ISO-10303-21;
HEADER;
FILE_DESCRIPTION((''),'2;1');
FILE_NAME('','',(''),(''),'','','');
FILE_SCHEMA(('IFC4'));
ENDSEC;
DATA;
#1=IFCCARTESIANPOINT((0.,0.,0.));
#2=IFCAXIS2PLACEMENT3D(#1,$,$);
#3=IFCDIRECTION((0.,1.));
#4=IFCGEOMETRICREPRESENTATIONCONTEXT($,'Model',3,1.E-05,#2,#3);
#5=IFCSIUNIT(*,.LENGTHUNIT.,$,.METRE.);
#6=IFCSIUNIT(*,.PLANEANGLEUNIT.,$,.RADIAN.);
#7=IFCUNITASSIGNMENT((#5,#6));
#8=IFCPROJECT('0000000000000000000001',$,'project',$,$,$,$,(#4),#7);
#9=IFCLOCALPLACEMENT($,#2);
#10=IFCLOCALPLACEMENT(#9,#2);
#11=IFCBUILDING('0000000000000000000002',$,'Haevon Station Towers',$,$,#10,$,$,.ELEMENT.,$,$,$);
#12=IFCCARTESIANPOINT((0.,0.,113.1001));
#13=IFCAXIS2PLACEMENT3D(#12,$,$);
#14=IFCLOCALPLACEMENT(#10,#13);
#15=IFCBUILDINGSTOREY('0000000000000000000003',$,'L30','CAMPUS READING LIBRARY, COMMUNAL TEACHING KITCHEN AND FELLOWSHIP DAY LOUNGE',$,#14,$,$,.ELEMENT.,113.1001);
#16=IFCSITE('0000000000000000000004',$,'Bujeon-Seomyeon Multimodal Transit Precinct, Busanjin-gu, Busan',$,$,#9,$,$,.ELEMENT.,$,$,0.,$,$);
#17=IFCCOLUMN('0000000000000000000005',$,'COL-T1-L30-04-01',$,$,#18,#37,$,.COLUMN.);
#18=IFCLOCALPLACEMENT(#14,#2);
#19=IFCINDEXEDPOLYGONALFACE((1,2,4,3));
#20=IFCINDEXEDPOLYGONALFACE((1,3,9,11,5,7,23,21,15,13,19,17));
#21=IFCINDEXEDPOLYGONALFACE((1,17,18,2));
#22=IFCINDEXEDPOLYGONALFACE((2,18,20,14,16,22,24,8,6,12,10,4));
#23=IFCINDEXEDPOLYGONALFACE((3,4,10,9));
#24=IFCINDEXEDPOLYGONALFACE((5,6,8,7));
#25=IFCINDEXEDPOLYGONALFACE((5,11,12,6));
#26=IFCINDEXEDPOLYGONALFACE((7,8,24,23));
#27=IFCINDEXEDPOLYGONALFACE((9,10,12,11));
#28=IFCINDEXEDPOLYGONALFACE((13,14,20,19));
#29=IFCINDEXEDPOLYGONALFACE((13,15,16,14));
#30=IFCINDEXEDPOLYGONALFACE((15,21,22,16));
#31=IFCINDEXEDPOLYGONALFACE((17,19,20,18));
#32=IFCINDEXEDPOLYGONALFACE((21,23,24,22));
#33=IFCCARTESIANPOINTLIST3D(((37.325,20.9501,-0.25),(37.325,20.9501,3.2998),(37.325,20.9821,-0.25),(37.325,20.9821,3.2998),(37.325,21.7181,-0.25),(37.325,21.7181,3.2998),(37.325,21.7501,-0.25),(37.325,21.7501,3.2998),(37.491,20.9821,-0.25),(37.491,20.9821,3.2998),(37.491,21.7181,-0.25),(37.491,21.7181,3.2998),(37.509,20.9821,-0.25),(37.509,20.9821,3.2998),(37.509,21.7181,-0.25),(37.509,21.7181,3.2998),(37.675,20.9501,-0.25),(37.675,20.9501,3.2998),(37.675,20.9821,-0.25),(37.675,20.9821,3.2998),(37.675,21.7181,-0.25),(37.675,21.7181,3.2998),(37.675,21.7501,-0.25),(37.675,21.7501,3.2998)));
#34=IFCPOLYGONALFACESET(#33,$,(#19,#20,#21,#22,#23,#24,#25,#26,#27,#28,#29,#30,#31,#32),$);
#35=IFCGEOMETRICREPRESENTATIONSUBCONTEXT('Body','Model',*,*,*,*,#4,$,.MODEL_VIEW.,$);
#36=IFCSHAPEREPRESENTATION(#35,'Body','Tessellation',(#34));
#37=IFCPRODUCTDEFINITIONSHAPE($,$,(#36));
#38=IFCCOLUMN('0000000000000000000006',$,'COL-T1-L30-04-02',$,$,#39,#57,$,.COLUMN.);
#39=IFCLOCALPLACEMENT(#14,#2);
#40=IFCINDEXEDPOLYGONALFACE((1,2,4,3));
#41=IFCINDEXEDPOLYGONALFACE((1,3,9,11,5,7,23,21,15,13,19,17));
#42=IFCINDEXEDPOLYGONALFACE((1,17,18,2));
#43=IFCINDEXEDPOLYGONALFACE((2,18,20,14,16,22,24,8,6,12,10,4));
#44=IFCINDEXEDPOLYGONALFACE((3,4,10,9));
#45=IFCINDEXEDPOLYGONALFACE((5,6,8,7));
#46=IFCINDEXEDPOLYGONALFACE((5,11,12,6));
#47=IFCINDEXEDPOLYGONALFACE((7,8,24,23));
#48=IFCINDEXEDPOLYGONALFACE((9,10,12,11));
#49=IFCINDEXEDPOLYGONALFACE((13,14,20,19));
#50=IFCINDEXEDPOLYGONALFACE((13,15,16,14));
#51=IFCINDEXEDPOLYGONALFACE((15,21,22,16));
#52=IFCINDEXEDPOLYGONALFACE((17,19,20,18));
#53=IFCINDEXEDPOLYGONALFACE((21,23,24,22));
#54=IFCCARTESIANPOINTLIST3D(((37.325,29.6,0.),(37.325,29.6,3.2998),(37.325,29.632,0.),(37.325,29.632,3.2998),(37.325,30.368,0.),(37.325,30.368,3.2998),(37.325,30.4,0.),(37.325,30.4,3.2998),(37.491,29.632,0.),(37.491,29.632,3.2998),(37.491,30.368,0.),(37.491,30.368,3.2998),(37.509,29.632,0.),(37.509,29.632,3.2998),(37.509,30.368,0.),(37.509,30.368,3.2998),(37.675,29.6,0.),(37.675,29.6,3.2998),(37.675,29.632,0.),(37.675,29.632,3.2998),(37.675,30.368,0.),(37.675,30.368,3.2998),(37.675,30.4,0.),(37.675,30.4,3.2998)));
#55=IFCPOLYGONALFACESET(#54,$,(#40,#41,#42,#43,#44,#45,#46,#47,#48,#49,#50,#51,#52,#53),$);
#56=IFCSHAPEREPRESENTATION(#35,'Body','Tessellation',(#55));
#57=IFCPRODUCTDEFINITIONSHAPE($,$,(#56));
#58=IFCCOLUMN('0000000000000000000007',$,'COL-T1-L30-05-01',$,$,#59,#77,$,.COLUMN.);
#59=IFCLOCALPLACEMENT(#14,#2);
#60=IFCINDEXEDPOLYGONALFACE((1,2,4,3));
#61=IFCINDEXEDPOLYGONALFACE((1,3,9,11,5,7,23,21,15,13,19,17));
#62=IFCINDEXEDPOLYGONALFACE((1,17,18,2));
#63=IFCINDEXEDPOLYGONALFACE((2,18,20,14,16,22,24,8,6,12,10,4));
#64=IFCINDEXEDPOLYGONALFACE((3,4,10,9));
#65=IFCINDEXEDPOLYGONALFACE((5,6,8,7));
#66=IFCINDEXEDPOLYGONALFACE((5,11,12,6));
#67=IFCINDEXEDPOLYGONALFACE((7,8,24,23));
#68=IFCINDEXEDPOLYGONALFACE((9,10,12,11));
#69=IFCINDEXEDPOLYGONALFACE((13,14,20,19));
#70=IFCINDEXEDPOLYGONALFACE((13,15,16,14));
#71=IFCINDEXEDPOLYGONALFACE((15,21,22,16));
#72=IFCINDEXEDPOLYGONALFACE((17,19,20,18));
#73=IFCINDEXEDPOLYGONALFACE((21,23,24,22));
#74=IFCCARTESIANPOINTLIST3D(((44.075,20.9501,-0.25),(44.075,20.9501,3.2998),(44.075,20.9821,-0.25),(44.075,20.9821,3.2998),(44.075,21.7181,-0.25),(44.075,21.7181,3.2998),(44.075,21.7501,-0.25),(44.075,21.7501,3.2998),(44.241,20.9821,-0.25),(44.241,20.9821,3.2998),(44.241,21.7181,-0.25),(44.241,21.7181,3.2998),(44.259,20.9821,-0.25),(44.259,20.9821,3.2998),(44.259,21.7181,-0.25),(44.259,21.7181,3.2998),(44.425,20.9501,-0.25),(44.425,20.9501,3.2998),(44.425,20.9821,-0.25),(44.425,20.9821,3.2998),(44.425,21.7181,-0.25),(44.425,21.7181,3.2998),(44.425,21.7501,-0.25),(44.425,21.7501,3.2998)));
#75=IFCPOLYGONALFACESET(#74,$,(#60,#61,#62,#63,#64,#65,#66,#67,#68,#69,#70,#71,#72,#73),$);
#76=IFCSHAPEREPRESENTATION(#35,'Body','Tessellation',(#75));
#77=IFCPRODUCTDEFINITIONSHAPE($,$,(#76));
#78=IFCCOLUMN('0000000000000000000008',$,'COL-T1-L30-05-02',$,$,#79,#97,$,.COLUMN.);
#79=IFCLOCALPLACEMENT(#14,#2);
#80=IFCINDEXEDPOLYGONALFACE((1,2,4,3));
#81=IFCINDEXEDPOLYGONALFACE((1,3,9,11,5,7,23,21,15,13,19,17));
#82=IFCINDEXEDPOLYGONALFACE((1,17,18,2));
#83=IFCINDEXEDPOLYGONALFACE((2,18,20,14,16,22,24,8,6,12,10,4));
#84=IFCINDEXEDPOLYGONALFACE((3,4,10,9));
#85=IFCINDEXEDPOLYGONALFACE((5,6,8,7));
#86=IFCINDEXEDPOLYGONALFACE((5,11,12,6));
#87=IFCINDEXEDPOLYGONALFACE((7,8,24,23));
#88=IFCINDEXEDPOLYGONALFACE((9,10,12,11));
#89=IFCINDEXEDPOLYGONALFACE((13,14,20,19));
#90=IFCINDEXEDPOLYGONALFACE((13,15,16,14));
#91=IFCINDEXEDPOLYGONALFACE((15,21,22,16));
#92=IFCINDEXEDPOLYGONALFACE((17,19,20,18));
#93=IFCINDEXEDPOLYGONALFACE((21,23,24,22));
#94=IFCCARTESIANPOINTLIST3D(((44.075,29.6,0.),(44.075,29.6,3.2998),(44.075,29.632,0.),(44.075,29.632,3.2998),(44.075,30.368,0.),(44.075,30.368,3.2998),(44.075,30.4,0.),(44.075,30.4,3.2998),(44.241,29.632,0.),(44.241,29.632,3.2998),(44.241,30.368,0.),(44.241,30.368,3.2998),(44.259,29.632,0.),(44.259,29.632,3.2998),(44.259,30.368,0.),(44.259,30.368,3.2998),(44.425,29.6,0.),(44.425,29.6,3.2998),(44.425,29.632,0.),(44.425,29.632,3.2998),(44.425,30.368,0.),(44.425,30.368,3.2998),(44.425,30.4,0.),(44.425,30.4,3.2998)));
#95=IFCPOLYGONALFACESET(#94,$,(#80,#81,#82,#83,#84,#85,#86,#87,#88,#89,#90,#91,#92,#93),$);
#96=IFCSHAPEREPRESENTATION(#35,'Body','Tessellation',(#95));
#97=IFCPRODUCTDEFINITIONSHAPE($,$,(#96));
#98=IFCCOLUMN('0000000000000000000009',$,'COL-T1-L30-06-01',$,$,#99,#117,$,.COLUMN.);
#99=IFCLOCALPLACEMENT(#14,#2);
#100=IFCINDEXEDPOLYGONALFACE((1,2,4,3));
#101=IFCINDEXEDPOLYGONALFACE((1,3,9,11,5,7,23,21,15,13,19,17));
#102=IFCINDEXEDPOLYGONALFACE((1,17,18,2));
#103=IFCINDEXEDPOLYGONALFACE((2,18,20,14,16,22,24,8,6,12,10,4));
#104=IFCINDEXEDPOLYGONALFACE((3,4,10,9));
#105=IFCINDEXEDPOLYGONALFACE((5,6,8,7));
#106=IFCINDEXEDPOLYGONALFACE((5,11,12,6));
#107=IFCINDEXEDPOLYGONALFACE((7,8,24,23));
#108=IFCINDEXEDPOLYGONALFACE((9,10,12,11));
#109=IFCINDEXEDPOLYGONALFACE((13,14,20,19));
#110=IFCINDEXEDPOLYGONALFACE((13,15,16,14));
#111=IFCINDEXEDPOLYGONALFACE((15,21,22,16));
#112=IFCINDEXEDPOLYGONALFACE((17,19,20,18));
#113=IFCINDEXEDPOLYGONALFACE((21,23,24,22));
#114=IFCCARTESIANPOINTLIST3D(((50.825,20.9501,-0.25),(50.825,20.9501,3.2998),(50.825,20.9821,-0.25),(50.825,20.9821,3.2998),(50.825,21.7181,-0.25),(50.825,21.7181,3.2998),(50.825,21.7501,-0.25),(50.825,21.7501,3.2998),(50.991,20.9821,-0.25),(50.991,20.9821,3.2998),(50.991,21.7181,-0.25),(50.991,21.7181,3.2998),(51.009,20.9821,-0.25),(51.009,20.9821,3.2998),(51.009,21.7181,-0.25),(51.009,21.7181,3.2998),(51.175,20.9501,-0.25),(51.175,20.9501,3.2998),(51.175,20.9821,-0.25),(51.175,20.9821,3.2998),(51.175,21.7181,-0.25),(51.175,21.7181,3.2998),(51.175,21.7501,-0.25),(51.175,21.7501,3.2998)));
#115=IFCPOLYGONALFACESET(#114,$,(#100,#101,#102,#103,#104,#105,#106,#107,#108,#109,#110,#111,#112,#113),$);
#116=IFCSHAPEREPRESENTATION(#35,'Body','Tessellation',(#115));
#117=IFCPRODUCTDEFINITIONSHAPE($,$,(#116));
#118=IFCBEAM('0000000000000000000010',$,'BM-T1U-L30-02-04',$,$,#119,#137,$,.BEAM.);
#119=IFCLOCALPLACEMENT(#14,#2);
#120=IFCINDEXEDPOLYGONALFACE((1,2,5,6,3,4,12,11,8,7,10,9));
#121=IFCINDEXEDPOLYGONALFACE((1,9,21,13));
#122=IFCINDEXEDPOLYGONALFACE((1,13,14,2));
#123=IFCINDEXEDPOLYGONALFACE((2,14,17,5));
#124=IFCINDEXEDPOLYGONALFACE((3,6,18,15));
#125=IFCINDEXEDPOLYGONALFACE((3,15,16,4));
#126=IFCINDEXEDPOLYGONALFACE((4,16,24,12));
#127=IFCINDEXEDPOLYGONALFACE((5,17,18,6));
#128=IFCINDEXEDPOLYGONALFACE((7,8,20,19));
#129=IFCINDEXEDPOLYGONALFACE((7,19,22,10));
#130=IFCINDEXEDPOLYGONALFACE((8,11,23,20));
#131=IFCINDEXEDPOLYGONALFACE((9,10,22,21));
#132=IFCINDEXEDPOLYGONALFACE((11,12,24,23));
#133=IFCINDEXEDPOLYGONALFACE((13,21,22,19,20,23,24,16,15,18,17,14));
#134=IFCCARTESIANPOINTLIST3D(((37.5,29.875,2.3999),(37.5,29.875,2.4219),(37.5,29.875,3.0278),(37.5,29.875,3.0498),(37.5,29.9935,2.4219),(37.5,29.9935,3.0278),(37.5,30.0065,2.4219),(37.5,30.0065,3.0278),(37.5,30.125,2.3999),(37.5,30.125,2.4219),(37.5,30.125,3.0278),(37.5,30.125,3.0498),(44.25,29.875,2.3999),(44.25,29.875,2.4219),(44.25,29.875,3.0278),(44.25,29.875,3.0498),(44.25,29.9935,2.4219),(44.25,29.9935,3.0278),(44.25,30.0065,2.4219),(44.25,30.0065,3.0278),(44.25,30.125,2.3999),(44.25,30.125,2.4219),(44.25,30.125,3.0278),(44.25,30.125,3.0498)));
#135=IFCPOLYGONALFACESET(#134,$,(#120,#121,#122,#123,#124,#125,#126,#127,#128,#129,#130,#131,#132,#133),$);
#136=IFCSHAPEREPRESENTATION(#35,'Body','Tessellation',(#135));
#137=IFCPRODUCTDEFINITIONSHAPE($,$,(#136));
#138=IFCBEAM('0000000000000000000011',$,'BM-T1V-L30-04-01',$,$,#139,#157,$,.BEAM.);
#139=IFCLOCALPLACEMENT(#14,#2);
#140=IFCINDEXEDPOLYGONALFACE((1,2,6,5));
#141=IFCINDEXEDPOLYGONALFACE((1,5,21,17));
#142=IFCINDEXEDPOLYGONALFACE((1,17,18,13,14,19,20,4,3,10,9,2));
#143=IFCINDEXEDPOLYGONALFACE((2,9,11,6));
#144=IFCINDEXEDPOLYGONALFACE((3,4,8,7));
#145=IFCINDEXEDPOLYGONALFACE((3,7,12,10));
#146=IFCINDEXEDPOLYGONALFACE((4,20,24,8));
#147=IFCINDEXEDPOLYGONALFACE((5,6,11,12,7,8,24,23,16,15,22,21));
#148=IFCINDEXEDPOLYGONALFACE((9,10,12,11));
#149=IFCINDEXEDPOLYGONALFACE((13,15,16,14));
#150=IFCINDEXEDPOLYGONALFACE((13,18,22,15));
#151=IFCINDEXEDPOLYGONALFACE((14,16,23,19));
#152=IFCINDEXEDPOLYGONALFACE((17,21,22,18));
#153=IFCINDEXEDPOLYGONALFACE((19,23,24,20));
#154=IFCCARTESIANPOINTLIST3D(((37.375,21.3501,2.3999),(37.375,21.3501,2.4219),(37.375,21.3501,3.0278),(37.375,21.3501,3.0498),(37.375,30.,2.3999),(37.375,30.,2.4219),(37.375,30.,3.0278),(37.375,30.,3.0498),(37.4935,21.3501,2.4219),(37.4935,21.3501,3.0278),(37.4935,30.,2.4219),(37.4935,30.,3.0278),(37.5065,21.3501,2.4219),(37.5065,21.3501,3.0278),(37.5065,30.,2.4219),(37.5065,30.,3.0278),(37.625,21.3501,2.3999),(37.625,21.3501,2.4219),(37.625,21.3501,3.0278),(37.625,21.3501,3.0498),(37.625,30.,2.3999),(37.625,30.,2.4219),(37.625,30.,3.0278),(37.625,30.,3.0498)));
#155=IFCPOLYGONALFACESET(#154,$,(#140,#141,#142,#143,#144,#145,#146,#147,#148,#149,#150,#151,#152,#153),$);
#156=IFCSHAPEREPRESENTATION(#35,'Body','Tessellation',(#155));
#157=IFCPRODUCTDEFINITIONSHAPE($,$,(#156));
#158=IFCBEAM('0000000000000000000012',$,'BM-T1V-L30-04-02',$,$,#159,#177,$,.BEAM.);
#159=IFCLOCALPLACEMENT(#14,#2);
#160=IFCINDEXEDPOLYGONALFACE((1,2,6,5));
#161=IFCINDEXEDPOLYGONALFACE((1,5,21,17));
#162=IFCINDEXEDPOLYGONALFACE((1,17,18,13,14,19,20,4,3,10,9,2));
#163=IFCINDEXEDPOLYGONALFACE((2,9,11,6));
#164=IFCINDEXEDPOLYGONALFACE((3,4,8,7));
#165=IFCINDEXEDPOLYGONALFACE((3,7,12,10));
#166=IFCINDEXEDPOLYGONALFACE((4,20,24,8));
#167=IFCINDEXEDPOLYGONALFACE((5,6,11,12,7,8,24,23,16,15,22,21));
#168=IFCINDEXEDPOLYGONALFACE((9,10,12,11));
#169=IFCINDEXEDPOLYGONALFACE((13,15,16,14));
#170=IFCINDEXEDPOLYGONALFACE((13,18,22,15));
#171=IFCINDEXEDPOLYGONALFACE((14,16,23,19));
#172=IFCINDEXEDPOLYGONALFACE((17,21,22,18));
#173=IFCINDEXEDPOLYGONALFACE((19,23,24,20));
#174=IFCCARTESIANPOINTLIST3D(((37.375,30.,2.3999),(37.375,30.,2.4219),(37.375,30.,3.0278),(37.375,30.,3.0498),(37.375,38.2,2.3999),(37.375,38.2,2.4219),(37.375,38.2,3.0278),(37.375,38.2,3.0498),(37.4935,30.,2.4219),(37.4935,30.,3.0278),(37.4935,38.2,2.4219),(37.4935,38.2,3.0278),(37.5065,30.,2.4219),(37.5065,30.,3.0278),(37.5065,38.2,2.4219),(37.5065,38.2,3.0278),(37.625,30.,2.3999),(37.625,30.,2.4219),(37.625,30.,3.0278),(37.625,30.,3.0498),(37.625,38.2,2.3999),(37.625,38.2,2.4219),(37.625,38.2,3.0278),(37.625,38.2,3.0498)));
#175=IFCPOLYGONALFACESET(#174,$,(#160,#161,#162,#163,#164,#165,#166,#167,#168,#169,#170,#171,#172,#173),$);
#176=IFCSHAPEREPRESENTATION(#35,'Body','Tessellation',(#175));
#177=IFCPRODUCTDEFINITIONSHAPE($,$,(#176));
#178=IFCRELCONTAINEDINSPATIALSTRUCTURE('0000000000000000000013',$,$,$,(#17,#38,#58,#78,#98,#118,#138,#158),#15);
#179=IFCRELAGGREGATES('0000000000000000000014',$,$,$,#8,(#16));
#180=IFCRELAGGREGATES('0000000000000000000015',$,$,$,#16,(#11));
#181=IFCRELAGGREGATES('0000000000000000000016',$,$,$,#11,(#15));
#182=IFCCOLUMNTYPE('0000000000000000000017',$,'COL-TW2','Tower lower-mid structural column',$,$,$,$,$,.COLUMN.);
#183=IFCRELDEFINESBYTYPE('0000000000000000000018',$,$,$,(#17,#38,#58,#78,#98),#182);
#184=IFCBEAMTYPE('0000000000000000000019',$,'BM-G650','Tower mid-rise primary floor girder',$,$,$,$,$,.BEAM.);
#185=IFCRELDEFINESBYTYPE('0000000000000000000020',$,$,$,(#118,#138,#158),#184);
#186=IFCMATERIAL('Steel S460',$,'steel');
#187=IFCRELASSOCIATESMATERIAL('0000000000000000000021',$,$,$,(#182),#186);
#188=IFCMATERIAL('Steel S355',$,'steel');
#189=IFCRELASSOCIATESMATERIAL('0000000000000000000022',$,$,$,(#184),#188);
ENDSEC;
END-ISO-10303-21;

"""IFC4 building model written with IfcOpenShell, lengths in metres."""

from ifc_helpers import new_model, si_unit, direction, frame, origin, origin_2d, place, context, subcontext, project, spatial, i_section, extrude, material, material_profile, profile_set, type_object, element, save


model = new_model("IFC4")

# Units and contexts
model_context = context("Model", 3, precision=1e-05, world=origin(), true_north=direction((0.0, 1.0)))
body_context = subcontext(model_context, "Body", "Model", "MODEL_VIEW")
ifc_project = project(units=[si_unit("LENGTHUNIT", "METRE"), si_unit("PLANEANGLEUNIT", "RADIAN")], contexts=[model_context])

# Site, building, storey
site_placement = place(None, origin())
site = spatial("IfcSite", under=ifc_project, at=site_placement, Name="Bujeon-Seomyeon Multimodal Transit Precinct, Busanjin-gu, Busan", CompositionType="ELEMENT", RefElevation=0.0)
building_placement = place(site_placement, origin())
building = spatial("IfcBuilding", under=site, at=building_placement, Name="Haevon Station Towers", CompositionType="ELEMENT")
storey_placement = place(building_placement, frame((0.0, 0.0, 113.1001)))
storey = spatial("IfcBuildingStorey", under=building, at=storey_placement, Name="L30", Description="CAMPUS READING LIBRARY, COMMUNAL TEACHING KITCHEN AND FELLOWSHIP DAY LOUNGE", CompositionType="ELEMENT", Elevation=113.1001)

# Columns
ifc_material_1 = material(Name="Steel S460", Category="steel")
ifc_material_profile_1 = material_profile(ifc_material_1, i_section(OverallWidth=0.3501, OverallDepth=0.8, WebThickness=0.0181, FlangeThickness=0.032, at=origin_2d()), Name="H-800x350x18x32")
ifc_profile_set_1 = profile_set([ifc_material_profile_1], Name="Steel S460")
column_type = type_object("IfcColumnType", Name="COL-TW2", Description="Tower lower-mid structural column", PredefinedType="COLUMN", material=ifc_profile_set_1)
column_1_placement = place(storey_placement, frame((37.5, 21.3501, -0.25), z_axis=(0.0, 0.0, 1.0), x_axis=(1.0, 0.0, 0.0)))
element("IfcColumn", 1, at=column_1_placement, inside=storey, type_object=column_type, Name="COL-T1-L30-04-01", PredefinedType="COLUMN", context=body_context, shape_type="SweptSolid", body=[
    extrude(i_section(OverallWidth=0.3501, OverallDepth=0.8, WebThickness=0.0181, FlangeThickness=0.032, at=origin_2d()), origin(), (0.0, 0.0, 1.0), 3.5498),
])
column_2_placement = place(storey_placement, frame((37.5, 30.0, 0.0), z_axis=(0.0, 0.0, 1.0), x_axis=(1.0, 0.0, 0.0)))
element("IfcColumn", 2, at=column_2_placement, inside=storey, type_object=column_type, Name="COL-T1-L30-04-02", PredefinedType="COLUMN", context=body_context, shape_type="SweptSolid", body=[
    extrude(i_section(OverallWidth=0.3501, OverallDepth=0.8, WebThickness=0.0181, FlangeThickness=0.032, at=origin_2d()), origin(), (0.0, 0.0, 1.0), 3.2998),
])
column_3_placement = place(storey_placement, frame((44.25, 21.3501, -0.25), z_axis=(0.0, 0.0, 1.0), x_axis=(1.0, 0.0, 0.0)))
element("IfcColumn", 3, at=column_3_placement, inside=storey, type_object=column_type, Name="COL-T1-L30-05-01", PredefinedType="COLUMN", context=body_context, shape_type="SweptSolid", body=[
    extrude(i_section(OverallWidth=0.3501, OverallDepth=0.8, WebThickness=0.0181, FlangeThickness=0.032, at=origin_2d()), origin(), (0.0, 0.0, 1.0), 3.5498),
])
column_4_placement = place(storey_placement, frame((44.25, 30.0, 0.0), z_axis=(0.0, 0.0, 1.0), x_axis=(1.0, 0.0, 0.0)))
element("IfcColumn", 4, at=column_4_placement, inside=storey, type_object=column_type, Name="COL-T1-L30-05-02", PredefinedType="COLUMN", context=body_context, shape_type="SweptSolid", body=[
    extrude(i_section(OverallWidth=0.3501, OverallDepth=0.8, WebThickness=0.0181, FlangeThickness=0.032, at=origin_2d()), origin(), (0.0, 0.0, 1.0), 3.2998),
])
column_5_placement = place(storey_placement, frame((51.0, 21.3501, -0.25), z_axis=(0.0, 0.0, 1.0), x_axis=(1.0, 0.0, 0.0)))
element("IfcColumn", 5, at=column_5_placement, inside=storey, type_object=column_type, Name="COL-T1-L30-06-01", PredefinedType="COLUMN", context=body_context, shape_type="SweptSolid", body=[
    extrude(i_section(OverallWidth=0.3501, OverallDepth=0.8, WebThickness=0.0181, FlangeThickness=0.032, at=origin_2d()), origin(), (0.0, 0.0, 1.0), 3.5498),
])

# Beams
ifc_material_2 = material(Name="Steel S355", Category="steel")
ifc_material_profile_2 = material_profile(ifc_material_2, i_section(OverallWidth=0.25, OverallDepth=0.6499, WebThickness=0.0129, FlangeThickness=0.022, at=origin_2d()), Name="H-650x250x13x22")
ifc_profile_set_2 = profile_set([ifc_material_profile_2], Name="Steel S355")
beam_type_1 = type_object("IfcBeamType", Name="BM-G650", Description="Tower mid-rise primary floor girder", PredefinedType="BEAM", material=ifc_profile_set_2)
beam_1_placement = place(storey_placement, frame((37.5, 30.0, 2.7249), z_axis=(1.0, 0.0, 0.0), x_axis=(0.0, 1.0, 0.0)))
element("IfcBeam", 6, at=beam_1_placement, inside=storey, type_object=beam_type_1, Name="BM-T1U-L30-02-04", PredefinedType="BEAM", context=body_context, shape_type="SweptSolid", body=[
    extrude(i_section(OverallWidth=0.25, OverallDepth=0.6499, WebThickness=0.0129, FlangeThickness=0.022, at=origin_2d()), origin(), (0.0, 0.0, 1.0), 6.75),
])
beam_2_placement = place(storey_placement, frame((37.5, 21.3501, 2.7249), z_axis=(0.0, 1.0, 0.0), x_axis=(-1.0, 0.0, 0.0)))
element("IfcBeam", 7, at=beam_2_placement, inside=storey, type_object=beam_type_1, Name="BM-T1V-L30-04-01", PredefinedType="BEAM", context=body_context, shape_type="SweptSolid", body=[
    extrude(i_section(OverallWidth=0.25, OverallDepth=0.6499, WebThickness=0.0129, FlangeThickness=0.022, at=origin_2d()), origin(), (0.0, 0.0, 1.0), 8.6499),
])
beam_3_placement = place(storey_placement, frame((37.5, 30.0, 2.7249), z_axis=(0.0, 1.0, 0.0), x_axis=(-1.0, 0.0, 0.0)))
element("IfcBeam", 8, at=beam_3_placement, inside=storey, type_object=beam_type_1, Name="BM-T1V-L30-04-02", PredefinedType="BEAM", context=body_context, shape_type="SweptSolid", body=[
    extrude(i_section(OverallWidth=0.25, OverallDepth=0.6499, WebThickness=0.0129, FlangeThickness=0.022, at=origin_2d()), origin(), (0.0, 0.0, 1.0), 8.2),
])

save(model, "model.ifc")
